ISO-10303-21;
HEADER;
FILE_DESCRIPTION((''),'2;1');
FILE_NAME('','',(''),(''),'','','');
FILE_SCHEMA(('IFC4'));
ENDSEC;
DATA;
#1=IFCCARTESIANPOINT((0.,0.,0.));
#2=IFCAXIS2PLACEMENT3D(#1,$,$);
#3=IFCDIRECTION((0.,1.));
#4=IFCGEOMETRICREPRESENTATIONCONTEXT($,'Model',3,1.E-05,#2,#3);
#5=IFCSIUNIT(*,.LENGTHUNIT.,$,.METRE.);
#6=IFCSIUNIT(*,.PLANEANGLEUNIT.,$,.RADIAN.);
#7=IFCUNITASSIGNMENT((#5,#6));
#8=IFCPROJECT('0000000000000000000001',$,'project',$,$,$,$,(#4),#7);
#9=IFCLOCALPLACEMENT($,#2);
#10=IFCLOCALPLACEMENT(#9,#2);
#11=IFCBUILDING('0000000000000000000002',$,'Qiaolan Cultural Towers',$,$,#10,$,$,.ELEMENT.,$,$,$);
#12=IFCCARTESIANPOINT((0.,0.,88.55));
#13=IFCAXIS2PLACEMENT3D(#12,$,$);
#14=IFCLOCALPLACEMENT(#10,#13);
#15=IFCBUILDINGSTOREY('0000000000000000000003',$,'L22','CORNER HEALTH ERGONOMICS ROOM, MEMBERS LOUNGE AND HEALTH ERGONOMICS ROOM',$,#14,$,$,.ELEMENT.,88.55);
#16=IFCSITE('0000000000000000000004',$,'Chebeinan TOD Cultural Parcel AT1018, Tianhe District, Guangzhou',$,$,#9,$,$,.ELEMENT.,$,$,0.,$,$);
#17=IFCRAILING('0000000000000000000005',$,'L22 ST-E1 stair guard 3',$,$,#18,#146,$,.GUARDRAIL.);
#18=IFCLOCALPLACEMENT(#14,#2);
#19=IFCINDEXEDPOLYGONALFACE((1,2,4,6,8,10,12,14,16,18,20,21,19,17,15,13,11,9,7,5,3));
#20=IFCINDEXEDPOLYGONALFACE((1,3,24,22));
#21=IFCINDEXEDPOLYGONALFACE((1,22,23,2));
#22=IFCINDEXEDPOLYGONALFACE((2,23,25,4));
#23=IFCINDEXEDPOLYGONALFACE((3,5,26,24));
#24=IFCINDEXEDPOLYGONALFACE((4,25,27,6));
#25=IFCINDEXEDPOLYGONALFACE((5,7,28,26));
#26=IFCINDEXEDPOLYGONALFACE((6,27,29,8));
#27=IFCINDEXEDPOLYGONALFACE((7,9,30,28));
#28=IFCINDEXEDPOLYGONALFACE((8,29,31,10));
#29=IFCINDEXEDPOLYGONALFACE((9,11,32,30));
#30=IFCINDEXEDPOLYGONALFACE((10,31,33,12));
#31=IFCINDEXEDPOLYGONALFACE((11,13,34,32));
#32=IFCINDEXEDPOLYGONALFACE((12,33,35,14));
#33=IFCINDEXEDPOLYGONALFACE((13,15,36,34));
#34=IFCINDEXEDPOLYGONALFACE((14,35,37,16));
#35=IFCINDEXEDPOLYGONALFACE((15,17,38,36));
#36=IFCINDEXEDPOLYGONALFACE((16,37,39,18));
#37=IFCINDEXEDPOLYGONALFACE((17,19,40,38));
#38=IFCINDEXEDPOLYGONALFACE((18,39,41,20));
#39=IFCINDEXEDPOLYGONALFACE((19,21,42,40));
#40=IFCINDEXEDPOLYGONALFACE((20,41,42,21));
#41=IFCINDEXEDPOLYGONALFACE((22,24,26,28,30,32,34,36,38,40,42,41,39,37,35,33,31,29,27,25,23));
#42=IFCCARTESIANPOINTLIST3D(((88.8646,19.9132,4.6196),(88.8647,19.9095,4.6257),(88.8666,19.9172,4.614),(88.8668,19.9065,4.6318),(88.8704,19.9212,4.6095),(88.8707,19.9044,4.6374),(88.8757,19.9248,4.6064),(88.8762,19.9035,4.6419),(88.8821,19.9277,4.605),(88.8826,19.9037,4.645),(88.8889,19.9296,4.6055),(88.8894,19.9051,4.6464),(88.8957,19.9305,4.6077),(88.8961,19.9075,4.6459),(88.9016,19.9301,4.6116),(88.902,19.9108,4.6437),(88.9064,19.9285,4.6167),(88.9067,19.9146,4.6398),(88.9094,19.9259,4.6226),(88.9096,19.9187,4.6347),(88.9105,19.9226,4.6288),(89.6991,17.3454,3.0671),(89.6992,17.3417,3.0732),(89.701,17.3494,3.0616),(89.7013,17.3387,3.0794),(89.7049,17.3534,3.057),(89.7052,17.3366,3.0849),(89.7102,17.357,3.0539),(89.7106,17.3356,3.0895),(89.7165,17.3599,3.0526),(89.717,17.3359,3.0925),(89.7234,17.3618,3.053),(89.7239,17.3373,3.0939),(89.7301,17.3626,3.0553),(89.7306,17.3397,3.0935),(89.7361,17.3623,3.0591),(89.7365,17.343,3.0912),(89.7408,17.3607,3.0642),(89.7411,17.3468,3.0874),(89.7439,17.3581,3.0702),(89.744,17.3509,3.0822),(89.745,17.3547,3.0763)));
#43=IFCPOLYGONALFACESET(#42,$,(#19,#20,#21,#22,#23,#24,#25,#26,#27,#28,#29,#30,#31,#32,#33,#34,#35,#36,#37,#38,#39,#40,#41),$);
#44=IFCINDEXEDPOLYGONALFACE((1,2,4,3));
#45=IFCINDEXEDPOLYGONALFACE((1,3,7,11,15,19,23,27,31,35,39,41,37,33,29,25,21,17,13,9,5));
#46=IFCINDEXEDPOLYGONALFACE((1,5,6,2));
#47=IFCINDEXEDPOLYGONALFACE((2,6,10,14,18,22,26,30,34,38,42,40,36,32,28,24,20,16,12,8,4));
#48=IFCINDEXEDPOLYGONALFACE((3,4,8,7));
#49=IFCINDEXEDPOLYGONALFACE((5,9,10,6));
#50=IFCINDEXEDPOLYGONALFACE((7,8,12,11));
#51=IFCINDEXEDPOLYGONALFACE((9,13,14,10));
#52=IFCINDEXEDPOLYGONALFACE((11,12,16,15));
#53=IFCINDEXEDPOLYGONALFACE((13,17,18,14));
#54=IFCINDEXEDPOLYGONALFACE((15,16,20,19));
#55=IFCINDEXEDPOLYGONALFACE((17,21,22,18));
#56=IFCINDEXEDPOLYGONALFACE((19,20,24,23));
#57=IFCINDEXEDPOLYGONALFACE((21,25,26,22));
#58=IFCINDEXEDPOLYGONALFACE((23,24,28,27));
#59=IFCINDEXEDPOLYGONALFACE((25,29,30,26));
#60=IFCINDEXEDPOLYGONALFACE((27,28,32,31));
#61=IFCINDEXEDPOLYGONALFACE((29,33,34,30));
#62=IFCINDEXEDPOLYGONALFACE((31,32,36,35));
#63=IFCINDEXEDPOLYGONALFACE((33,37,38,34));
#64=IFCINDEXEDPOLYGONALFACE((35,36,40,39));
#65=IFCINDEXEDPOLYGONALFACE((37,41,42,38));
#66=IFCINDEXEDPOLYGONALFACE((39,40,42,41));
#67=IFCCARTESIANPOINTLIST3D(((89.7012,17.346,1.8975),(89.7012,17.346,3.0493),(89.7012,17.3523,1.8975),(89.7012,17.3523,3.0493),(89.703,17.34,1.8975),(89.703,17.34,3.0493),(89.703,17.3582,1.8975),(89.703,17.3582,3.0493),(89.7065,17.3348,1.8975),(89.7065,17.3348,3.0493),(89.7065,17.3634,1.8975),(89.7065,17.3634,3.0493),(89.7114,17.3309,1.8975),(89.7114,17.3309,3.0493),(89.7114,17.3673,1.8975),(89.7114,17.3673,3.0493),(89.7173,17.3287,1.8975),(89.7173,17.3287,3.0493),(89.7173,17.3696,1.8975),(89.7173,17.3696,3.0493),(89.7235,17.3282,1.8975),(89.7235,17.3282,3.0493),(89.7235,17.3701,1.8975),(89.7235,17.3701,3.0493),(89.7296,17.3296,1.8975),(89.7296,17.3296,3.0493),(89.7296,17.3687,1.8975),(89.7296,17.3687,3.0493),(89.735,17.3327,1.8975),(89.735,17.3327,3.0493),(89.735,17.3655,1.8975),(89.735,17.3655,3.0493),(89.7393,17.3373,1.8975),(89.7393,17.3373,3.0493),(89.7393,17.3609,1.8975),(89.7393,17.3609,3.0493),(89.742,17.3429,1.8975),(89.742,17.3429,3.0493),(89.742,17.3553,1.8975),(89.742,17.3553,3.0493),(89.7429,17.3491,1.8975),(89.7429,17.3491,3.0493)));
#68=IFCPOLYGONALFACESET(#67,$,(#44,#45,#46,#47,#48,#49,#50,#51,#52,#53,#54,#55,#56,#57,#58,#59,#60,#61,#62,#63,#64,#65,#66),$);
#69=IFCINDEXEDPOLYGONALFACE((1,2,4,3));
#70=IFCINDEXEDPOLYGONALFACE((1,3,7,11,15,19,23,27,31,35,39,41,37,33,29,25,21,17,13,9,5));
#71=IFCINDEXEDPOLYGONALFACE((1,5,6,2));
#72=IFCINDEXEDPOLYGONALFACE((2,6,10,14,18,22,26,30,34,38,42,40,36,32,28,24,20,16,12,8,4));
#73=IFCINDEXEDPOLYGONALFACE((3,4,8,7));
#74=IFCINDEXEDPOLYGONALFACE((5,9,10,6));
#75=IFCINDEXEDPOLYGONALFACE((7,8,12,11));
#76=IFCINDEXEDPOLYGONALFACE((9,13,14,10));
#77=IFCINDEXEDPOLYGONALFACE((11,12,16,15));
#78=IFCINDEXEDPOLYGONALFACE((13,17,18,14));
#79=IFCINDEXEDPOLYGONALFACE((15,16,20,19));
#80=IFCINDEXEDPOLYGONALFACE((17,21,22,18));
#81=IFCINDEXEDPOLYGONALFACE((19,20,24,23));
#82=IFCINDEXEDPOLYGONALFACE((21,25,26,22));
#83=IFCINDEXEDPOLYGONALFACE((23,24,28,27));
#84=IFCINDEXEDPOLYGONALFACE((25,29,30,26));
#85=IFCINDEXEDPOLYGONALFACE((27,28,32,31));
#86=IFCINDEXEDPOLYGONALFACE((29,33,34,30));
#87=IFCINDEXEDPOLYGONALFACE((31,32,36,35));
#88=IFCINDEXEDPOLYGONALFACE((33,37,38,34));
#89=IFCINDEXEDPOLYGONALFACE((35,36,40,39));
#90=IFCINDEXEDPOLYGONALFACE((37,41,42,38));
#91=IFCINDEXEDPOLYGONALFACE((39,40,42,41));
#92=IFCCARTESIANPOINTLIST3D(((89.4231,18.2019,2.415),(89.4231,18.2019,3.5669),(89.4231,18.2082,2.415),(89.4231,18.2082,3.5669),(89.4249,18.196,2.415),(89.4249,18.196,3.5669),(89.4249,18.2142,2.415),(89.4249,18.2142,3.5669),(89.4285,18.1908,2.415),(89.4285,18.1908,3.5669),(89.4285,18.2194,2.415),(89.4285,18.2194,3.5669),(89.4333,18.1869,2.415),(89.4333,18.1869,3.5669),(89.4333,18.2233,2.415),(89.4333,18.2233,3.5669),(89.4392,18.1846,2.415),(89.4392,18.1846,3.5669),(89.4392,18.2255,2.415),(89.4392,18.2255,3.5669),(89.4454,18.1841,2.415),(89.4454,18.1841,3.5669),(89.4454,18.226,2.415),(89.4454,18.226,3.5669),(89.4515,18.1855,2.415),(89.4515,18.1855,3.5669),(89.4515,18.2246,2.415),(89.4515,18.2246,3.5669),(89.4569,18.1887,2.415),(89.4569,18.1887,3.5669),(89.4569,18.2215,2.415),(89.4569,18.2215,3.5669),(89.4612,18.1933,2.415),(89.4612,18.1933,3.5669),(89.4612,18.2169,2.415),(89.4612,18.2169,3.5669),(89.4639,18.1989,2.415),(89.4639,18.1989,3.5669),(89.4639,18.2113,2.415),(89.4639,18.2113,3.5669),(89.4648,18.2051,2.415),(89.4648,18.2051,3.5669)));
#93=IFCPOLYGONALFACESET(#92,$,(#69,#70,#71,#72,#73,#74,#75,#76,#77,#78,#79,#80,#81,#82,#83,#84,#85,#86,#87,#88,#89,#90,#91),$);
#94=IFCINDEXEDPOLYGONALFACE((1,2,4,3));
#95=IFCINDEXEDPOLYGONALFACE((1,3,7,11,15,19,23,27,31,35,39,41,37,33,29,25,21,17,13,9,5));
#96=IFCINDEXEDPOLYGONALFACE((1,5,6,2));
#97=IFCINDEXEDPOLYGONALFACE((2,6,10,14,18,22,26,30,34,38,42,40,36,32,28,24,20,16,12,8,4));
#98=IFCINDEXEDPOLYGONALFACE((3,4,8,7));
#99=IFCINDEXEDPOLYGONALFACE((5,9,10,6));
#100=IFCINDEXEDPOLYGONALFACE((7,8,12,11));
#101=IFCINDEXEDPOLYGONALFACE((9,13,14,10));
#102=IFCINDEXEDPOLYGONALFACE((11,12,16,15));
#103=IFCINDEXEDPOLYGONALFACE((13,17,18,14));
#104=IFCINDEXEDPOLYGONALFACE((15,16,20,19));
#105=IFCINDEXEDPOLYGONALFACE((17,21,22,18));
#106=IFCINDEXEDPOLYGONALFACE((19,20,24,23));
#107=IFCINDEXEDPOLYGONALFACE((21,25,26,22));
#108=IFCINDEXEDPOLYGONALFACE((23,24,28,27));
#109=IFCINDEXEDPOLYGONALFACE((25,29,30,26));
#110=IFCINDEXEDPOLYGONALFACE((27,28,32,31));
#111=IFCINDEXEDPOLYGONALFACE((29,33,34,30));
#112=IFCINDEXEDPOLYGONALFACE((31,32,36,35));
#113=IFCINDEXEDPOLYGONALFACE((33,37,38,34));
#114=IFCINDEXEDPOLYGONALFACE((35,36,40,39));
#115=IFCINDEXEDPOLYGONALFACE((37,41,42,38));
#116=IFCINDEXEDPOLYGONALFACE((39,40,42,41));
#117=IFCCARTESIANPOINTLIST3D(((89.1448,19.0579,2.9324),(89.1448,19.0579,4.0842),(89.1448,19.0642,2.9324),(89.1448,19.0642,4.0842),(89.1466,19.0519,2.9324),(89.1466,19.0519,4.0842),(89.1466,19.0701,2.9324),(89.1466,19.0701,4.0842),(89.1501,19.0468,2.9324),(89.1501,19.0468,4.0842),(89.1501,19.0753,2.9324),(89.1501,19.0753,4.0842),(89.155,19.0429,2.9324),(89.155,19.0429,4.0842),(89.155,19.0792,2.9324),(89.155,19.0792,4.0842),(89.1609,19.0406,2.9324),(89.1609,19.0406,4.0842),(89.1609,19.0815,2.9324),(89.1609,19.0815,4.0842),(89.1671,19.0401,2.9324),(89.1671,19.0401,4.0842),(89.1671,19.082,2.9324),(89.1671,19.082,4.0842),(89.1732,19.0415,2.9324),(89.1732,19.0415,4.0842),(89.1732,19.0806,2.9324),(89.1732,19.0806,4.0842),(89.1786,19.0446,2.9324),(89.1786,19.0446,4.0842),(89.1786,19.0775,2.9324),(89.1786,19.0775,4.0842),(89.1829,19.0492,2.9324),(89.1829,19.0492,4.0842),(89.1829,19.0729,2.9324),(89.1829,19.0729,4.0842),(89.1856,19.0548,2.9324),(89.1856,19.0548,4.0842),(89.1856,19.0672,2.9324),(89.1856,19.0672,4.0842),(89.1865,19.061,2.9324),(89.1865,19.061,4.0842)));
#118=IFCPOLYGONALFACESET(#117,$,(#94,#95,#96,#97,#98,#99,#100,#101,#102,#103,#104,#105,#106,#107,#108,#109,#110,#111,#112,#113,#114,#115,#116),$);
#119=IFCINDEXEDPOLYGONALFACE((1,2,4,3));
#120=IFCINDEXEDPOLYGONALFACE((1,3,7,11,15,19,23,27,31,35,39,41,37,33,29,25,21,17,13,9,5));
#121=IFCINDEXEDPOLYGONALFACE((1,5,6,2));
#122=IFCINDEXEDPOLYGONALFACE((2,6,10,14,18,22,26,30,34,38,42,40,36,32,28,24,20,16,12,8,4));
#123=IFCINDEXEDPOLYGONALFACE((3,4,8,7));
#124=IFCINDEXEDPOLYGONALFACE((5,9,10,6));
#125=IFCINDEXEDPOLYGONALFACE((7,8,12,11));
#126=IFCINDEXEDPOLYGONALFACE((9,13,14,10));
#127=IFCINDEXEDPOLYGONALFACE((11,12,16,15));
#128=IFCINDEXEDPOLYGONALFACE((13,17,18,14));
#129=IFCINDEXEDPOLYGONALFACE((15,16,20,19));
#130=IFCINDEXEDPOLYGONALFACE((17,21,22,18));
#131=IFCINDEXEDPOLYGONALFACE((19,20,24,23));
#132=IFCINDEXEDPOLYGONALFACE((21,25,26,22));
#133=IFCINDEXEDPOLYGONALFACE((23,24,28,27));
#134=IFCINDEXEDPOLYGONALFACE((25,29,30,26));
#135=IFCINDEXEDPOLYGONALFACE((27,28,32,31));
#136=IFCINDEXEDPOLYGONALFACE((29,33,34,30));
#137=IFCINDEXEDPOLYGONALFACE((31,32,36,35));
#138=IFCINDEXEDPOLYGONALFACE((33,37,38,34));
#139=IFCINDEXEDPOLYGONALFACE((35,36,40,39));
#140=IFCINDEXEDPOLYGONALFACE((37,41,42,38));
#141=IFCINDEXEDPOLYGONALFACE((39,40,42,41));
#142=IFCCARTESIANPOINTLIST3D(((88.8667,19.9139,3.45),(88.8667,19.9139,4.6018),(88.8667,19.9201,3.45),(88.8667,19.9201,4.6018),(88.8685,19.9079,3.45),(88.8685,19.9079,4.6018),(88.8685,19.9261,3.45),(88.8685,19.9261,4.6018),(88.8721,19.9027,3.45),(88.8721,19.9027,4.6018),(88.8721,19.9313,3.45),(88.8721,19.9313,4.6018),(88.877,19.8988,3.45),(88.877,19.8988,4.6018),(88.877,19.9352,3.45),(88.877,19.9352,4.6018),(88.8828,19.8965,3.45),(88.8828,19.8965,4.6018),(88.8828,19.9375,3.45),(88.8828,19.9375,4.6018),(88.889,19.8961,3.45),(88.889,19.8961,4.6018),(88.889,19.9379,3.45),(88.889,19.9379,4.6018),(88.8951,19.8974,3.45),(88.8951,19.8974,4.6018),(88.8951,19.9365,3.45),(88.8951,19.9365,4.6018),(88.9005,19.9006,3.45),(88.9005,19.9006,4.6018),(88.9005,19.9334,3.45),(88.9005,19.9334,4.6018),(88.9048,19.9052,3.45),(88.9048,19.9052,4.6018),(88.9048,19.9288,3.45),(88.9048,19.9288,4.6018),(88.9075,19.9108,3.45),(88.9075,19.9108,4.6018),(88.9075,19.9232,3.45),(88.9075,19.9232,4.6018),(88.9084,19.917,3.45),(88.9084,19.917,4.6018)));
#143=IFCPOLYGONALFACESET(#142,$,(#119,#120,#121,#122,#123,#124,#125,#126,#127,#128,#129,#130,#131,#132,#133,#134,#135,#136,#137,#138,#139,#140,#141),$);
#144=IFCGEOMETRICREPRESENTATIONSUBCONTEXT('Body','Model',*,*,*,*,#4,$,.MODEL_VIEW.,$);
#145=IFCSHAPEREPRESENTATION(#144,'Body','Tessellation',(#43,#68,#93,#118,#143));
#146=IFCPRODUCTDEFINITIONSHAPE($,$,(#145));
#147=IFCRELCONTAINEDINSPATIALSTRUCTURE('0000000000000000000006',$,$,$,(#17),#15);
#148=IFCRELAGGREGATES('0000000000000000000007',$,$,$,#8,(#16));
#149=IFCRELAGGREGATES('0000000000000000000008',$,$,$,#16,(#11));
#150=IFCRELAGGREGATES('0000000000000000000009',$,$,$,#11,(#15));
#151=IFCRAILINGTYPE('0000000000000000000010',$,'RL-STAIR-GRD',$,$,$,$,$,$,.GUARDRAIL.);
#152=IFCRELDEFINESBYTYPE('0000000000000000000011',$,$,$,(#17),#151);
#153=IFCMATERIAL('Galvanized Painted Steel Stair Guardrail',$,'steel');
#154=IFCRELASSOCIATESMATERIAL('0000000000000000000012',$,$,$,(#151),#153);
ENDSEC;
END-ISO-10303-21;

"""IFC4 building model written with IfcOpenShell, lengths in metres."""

from ifc_helpers import new_model, si_unit, direction, frame, origin, origin_2d, place, context, subcontext, project, spatial, circle, extrude, material, type_object, element, save


model = new_model("IFC4")

# Units and contexts
model_context = context("Model", 3, precision=1e-05, world=origin(), true_north=direction((0.0, 1.0)))
body_context = subcontext(model_context, "Body", "Model", "MODEL_VIEW")
ifc_project = project(units=[si_unit("LENGTHUNIT", "METRE"), si_unit("PLANEANGLEUNIT", "RADIAN")], contexts=[model_context])

# Site, building, storey
site_placement = place(None, origin())
site = spatial("IfcSite", under=ifc_project, at=site_placement, Name="Chebeinan TOD Cultural Parcel AT1018, Tianhe District, Guangzhou", CompositionType="ELEMENT", RefElevation=0.0)
building_placement = place(site_placement, origin())
building = spatial("IfcBuilding", under=site, at=building_placement, Name="Qiaolan Cultural Towers", CompositionType="ELEMENT")
storey_placement = place(building_placement, frame((0.0, 0.0, 88.55)))
storey = spatial("IfcBuildingStorey", under=building, at=storey_placement, Name="L22", Description="CORNER HEALTH ERGONOMICS ROOM, MEMBERS LOUNGE AND HEALTH ERGONOMICS ROOM", CompositionType="ELEMENT", Elevation=88.55)

# Railing
ifc_material_1 = material(Name="Galvanized Painted Steel Stair Guardrail", Category="steel")
railing_type_1 = type_object("IfcRailingType", Name="RL-STAIR-GRD", PredefinedType="GUARDRAIL", material=ifc_material_1)
railing_1_placement = place(storey_placement, frame((89.7219, 17.3491, 1.8975)))
element("IfcRailing", 1, at=railing_1_placement, inside=storey, type_object=railing_type_1, Name="L22 ST-E1 stair guard 3", PredefinedType="GUARDRAIL", context=body_context, shape_type="SweptSolid", body=[
    extrude(circle(Radius=0.0239, at=origin_2d()), frame((0.0, 0.0, 1.1758), z_axis=(-0.267926, 0.824471, 0.498461), x_axis=(-0.951043, -0.309057, 0.0)), (0.0, 0.0, 1.0), 3.1145),
    extrude(circle(Radius=0.021, at=origin_2d()), origin(), (0.0, 0.0, 1.0), 1.1519),
    extrude(circle(Radius=0.021, at=origin_2d()), frame((-0.2781, 0.856, 0.5176)), (0.0, 0.0, 1.0), 1.1519),
    extrude(circle(Radius=0.021, at=origin_2d()), frame((-0.5564, 1.7119, 1.0349)), (0.0, 0.0, 1.0), 1.1519),
    extrude(circle(Radius=0.021, at=origin_2d()), frame((-0.8345, 2.5679, 1.5525)), (0.0, 0.0, 1.0), 1.1519),
])

save(model, "model.ifc")
